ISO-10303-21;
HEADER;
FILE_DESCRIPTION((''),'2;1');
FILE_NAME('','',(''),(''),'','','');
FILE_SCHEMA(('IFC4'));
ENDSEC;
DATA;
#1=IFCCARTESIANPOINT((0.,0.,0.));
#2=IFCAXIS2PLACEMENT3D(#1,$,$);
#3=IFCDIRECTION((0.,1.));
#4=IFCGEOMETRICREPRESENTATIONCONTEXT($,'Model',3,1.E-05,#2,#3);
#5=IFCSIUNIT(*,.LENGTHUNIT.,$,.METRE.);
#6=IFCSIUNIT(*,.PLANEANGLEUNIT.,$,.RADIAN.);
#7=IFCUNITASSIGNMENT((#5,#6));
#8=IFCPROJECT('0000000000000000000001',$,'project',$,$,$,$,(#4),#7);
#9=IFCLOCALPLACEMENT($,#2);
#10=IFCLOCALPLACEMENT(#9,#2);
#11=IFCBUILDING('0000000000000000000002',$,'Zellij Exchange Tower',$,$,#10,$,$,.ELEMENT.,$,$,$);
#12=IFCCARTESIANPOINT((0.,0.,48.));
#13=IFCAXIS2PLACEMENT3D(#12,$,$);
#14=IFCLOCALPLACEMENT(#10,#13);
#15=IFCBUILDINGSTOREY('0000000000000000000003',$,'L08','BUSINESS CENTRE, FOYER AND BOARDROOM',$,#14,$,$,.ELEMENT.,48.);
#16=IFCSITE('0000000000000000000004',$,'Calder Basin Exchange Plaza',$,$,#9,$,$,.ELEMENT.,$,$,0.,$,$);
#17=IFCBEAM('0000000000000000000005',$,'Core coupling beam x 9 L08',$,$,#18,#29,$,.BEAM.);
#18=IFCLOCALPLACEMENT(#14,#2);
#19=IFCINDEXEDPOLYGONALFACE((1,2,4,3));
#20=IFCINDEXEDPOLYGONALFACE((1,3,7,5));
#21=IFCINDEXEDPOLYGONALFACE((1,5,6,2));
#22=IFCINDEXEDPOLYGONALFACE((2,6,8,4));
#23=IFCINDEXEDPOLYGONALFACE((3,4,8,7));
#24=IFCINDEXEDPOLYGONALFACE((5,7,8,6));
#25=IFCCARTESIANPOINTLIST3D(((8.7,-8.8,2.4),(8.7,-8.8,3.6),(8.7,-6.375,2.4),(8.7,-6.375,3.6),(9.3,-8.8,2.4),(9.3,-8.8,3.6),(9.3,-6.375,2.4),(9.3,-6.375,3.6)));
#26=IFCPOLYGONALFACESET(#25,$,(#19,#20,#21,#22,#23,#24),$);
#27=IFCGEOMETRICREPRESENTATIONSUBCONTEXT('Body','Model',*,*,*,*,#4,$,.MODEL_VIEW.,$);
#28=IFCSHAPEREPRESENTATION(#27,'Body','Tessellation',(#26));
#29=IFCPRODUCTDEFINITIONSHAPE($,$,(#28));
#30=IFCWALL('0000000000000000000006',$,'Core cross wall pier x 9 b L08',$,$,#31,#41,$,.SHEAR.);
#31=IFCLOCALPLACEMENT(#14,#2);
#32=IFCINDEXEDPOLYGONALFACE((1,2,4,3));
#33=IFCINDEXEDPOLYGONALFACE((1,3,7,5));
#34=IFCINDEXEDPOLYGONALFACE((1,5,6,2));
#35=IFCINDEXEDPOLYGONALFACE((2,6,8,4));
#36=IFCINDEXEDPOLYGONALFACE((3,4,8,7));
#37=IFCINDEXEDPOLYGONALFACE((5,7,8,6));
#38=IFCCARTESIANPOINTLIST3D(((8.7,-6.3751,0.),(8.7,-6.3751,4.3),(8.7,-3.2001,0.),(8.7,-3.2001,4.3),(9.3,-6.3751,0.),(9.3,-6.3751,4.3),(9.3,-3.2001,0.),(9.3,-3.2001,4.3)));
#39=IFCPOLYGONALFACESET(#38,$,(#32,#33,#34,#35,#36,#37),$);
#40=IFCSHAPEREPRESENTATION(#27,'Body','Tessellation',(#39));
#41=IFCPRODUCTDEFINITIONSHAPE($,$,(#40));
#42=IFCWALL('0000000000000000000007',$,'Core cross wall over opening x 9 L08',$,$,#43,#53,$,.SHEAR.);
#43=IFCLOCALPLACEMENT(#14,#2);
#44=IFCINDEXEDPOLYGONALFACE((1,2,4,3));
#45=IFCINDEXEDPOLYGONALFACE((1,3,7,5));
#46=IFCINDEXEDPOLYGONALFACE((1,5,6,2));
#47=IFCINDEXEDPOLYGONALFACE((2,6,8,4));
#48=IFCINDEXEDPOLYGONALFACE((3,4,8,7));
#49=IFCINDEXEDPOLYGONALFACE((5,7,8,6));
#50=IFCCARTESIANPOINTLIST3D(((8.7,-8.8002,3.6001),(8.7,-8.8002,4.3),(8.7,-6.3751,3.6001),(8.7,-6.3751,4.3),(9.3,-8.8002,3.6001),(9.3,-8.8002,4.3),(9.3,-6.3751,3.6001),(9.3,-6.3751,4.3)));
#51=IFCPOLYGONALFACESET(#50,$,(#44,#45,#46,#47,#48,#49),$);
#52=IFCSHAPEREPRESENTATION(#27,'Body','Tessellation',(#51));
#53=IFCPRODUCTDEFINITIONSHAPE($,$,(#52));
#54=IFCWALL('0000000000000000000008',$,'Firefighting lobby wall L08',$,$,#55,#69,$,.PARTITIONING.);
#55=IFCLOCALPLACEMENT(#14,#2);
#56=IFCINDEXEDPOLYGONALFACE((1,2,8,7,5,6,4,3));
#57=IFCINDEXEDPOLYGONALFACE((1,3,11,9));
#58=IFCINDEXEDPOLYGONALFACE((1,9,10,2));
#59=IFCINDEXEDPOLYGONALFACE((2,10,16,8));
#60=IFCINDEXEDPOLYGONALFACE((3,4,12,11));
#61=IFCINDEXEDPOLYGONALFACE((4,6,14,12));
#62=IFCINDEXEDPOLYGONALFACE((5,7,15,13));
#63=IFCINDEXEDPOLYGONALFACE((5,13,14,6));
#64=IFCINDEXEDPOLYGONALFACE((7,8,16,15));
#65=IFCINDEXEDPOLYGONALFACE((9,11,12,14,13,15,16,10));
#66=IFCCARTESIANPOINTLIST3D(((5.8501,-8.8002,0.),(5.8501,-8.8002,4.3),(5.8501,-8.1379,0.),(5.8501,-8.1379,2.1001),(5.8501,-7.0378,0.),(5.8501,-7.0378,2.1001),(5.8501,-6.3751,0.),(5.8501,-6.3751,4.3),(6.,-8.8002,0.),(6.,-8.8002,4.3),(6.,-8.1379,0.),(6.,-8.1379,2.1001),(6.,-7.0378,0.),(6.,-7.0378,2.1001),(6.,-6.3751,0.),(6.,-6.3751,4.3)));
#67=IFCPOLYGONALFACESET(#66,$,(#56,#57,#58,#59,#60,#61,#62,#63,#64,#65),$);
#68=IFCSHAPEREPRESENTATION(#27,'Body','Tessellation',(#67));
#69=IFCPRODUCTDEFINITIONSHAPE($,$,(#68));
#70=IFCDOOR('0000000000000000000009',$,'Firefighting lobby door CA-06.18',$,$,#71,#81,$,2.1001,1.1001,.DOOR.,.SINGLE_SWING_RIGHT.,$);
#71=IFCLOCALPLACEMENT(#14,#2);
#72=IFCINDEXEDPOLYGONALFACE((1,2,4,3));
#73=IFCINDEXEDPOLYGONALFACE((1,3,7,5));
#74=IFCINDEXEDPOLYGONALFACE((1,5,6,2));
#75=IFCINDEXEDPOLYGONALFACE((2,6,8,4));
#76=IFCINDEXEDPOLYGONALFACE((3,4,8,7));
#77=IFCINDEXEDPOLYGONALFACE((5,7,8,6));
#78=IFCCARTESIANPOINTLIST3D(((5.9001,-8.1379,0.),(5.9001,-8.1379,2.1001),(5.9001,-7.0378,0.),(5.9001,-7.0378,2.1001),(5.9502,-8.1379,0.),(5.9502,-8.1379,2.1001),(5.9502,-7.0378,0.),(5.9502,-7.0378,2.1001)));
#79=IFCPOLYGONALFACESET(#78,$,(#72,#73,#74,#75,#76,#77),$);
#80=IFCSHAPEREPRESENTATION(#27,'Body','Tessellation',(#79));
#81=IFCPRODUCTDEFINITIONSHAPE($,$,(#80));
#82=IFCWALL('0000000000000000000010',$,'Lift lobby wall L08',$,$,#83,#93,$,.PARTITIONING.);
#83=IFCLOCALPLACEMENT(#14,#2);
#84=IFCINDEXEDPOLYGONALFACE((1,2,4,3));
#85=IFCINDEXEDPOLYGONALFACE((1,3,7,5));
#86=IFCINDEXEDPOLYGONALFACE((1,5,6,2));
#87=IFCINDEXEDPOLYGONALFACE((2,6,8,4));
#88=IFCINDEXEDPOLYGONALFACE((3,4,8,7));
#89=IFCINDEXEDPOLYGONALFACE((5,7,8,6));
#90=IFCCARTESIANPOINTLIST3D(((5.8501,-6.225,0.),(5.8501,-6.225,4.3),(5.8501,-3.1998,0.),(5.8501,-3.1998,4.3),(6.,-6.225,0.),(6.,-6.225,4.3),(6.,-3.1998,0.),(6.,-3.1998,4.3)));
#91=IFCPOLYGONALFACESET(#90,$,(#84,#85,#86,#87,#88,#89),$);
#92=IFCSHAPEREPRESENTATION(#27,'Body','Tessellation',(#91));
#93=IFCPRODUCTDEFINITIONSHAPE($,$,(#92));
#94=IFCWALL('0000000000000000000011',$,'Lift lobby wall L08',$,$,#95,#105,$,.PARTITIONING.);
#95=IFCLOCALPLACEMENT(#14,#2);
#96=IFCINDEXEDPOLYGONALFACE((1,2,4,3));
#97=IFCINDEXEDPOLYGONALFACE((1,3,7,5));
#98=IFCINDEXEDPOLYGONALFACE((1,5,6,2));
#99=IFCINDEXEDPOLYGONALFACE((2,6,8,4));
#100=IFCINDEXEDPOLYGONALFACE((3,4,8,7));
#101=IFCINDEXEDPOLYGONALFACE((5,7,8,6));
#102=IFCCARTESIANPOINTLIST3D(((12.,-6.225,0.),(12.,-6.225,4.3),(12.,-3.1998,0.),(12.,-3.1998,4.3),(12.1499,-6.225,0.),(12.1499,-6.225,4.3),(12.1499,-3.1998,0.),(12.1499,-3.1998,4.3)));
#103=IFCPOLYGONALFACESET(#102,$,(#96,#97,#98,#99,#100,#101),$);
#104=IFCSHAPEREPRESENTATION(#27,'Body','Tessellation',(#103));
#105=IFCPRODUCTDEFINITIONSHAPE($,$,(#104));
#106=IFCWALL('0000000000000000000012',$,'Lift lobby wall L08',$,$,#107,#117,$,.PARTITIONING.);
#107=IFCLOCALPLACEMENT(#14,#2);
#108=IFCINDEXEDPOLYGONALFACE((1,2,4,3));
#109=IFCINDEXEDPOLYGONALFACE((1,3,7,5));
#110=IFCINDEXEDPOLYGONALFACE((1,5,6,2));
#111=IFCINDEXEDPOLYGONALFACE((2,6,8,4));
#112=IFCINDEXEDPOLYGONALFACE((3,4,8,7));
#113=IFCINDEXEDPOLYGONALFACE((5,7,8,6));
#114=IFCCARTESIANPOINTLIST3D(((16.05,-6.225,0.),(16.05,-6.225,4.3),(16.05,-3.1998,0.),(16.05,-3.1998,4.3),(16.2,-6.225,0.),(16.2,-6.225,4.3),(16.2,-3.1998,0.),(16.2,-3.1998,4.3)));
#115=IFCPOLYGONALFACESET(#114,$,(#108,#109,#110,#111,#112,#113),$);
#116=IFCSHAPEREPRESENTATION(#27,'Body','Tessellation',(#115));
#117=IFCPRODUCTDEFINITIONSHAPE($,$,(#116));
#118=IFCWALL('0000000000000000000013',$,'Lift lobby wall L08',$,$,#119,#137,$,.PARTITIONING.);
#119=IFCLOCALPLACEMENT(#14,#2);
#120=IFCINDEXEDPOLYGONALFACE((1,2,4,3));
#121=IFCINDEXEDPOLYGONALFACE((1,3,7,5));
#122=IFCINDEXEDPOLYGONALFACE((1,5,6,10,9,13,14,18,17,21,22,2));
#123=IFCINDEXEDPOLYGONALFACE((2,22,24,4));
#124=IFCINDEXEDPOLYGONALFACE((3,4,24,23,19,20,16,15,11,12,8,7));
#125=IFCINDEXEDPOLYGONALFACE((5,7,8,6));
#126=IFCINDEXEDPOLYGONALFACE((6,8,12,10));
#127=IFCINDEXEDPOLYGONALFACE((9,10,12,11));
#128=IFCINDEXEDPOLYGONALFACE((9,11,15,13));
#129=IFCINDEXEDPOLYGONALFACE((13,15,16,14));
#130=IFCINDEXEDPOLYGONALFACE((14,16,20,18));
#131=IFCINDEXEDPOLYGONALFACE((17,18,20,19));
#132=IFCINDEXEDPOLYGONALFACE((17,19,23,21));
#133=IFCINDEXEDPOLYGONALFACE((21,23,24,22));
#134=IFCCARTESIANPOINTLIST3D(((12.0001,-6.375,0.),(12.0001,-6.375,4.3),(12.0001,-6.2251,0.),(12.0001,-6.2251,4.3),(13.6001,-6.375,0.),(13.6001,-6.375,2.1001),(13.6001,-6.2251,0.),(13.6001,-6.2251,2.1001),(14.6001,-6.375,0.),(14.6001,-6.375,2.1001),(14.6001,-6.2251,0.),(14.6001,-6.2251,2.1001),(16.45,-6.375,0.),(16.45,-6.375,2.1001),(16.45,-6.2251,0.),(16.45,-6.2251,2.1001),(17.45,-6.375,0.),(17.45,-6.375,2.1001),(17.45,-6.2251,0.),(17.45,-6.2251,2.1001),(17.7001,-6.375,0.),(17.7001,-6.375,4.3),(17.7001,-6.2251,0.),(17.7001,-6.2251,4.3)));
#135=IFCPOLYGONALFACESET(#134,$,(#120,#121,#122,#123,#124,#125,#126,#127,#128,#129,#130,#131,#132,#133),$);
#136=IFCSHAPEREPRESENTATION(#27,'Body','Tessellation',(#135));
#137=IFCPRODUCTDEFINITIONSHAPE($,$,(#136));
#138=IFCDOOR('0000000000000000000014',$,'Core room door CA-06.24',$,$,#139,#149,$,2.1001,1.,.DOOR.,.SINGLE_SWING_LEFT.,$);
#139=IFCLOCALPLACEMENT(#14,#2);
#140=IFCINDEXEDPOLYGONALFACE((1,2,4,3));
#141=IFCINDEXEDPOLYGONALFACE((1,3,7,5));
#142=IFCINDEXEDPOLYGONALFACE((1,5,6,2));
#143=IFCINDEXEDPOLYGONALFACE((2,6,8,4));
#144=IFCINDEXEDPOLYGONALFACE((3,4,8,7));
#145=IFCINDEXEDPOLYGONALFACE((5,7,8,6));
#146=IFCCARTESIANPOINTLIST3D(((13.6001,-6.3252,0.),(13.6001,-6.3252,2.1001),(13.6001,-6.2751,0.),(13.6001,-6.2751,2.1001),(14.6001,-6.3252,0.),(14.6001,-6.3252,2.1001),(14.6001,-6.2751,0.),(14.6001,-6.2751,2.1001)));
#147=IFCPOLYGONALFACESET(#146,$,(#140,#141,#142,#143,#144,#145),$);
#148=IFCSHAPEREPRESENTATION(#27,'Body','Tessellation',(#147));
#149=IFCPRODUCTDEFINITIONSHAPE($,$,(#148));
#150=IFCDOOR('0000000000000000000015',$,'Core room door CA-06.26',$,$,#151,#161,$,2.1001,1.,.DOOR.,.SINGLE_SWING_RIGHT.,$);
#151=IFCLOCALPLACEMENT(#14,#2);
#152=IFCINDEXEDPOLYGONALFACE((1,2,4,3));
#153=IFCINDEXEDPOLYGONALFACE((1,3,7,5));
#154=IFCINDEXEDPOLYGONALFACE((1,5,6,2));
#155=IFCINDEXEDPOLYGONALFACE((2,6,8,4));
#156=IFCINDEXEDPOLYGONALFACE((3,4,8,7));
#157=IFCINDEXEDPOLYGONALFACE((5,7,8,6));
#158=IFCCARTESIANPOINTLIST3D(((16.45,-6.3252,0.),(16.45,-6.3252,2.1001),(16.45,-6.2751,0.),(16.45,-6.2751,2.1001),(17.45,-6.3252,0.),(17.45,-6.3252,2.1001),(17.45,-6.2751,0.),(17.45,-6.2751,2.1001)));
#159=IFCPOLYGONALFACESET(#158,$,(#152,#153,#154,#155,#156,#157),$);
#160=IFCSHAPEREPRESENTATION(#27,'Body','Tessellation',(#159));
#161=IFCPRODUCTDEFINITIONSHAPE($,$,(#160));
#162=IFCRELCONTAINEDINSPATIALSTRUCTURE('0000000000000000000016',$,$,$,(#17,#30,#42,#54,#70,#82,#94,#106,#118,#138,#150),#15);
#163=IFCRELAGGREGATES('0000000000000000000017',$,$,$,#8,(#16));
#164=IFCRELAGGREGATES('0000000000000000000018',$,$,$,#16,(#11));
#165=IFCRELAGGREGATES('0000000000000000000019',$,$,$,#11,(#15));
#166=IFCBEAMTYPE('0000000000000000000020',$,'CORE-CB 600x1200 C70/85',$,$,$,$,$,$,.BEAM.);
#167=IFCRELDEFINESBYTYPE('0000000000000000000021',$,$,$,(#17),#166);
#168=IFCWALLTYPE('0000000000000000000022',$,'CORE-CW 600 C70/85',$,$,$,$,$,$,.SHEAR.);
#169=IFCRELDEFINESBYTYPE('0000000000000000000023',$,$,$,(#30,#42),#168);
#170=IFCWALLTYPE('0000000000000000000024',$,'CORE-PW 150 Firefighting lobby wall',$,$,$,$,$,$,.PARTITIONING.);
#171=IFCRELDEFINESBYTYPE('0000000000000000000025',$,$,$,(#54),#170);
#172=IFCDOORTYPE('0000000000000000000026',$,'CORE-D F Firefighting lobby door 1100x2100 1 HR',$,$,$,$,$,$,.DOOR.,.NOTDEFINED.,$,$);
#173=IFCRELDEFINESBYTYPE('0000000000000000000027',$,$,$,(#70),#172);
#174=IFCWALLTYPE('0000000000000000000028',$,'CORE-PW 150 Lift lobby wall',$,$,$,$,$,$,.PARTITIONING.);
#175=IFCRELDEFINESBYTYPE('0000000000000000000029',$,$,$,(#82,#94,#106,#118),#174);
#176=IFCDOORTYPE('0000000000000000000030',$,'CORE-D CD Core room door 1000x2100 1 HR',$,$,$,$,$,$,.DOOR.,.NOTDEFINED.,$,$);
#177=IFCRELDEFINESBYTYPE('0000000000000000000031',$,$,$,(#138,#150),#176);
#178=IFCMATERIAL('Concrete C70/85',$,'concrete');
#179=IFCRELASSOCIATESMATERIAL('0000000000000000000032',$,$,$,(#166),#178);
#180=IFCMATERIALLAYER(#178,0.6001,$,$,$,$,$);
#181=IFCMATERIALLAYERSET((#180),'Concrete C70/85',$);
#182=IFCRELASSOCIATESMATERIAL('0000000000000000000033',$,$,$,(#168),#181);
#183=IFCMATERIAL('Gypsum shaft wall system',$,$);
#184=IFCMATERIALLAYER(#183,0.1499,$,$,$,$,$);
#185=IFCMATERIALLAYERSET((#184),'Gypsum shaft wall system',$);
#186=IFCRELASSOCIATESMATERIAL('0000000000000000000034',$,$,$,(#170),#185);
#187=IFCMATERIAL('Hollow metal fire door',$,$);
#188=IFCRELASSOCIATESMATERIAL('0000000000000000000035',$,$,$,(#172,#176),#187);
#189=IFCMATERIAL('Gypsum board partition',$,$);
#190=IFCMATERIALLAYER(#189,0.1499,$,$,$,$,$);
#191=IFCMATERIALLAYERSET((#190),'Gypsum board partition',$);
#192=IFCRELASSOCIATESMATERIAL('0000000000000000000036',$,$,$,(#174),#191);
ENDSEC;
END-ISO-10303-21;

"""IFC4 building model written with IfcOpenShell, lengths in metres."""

from ifc_helpers import new_model, si_unit, direction, frame, frame_2d, origin, origin_2d, place, context, subcontext, project, spatial, rectangle, extrude, material, layer, layer_set, material_profile, profile_set, type_object, element, fill, save


model = new_model("IFC4")

# Units and contexts
model_context = context("Model", 3, precision=1e-05, world=origin(), true_north=direction((0.0, 1.0)))
body_context = subcontext(model_context, "Body", "Model", "MODEL_VIEW")
ifc_project = project(units=[si_unit("LENGTHUNIT", "METRE"), si_unit("PLANEANGLEUNIT", "RADIAN")], contexts=[model_context])

# Site, building, storey
site_placement = place(None, origin())
site = spatial("IfcSite", under=ifc_project, at=site_placement, Name="Calder Basin Exchange Plaza", CompositionType="ELEMENT", RefElevation=0.0)
building_placement = place(site_placement, origin())
building = spatial("IfcBuilding", under=site, at=building_placement, Name="Zellij Exchange Tower", CompositionType="ELEMENT")
storey_placement = place(building_placement, frame((0.0, 0.0, 48.0)))
storey = spatial("IfcBuildingStorey", under=building, at=storey_placement, Name="L08", Description="BUSINESS CENTRE, FOYER AND BOARDROOM", CompositionType="ELEMENT", Elevation=48.0)

# Beam
ifc_material_1 = material(Name="Concrete C70/85", Category="concrete")
ifc_material_profile = material_profile(ifc_material_1, rectangle(XDim=0.6001, YDim=1.2, at=origin_2d()), Name="CORE-CB 600x1200 C70/85")
ifc_profile_set = profile_set([ifc_material_profile], Name="Concrete C70/85")
beam_type = type_object("IfcBeamType", Name="CORE-CB 600x1200 C70/85", PredefinedType="BEAM", material=ifc_profile_set)
beam_placement = place(storey_placement, frame((9.0, -8.8, 3.0), z_axis=(0.0, 1.0, 0.0), x_axis=(-1.0, 0.0, 0.0)))
element("IfcBeam", 1, at=beam_placement, inside=storey, type_object=beam_type, Name="Core coupling beam x 9 L08", PredefinedType="BEAM", context=body_context, shape_type="SweptSolid", body=[
    extrude(rectangle(XDim=0.6001, YDim=1.2, at=origin_2d()), origin(), (0.0, 0.0, 1.0), 2.425),
])

# Walls
ifc_layer_1 = layer(ifc_material_1, 0.6001)
ifc_layer_set_1 = layer_set([ifc_layer_1], Name="Concrete C70/85")
wall_type_1 = type_object("IfcWallType", Name="CORE-CW 600 C70/85", PredefinedType="SHEAR", material=ifc_layer_set_1)
wall_1_placement = place(storey_placement, frame((9.0, -6.375, 0.0), z_axis=(0.0, 0.0, 1.0), x_axis=(0.0, 1.0, 0.0)))
element("IfcWall", 2, at=wall_1_placement, inside=storey, type_object=wall_type_1, Name="Core cross wall pier x 9 b L08", PredefinedType="SHEAR", context=body_context, shape_type="SweptSolid", body=[
    extrude(rectangle(XDim=3.175, YDim=0.6001, at=frame_2d((1.5874, 0.0))), origin(), (0.0, 0.0, 1.0), 4.3),
])
wall_2_placement = place(storey_placement, frame((9.0, -8.8, 3.6001), z_axis=(0.0, 0.0, 1.0), x_axis=(0.0, 1.0, 0.0)))
element("IfcWall", 3, at=wall_2_placement, inside=storey, type_object=wall_type_1, Name="Core cross wall over opening x 9 L08", PredefinedType="SHEAR", context=body_context, shape_type="SweptSolid", body=[
    extrude(rectangle(XDim=2.425, YDim=0.6001, at=frame_2d((1.2124, 0.0))), origin(), (0.0, 0.0, 1.0), 0.7),
])

# Wall, opening, door
ifc_material_2 = material(Name="Gypsum shaft wall system")
ifc_layer_2 = layer(ifc_material_2, 0.1499)
ifc_layer_set_2 = layer_set([ifc_layer_2], Name="Gypsum shaft wall system")
wall_type_2 = type_object("IfcWallType", Name="CORE-PW 150 Firefighting lobby wall", PredefinedType="PARTITIONING", material=ifc_layer_set_2)
wall_3_placement = place(storey_placement, frame((5.925, -8.8, 0.0), z_axis=(0.0, 0.0, 1.0), x_axis=(0.0, 1.0, 0.0)))
wall_3 = element("IfcWall", 4, at=wall_3_placement, inside=storey, type_object=wall_type_2, Name="Firefighting lobby wall L08", PredefinedType="PARTITIONING", context=body_context, shape_type="SweptSolid", body=[
    extrude(rectangle(XDim=2.425, YDim=0.1499, at=frame_2d((1.2124, 0.0))), origin(), (0.0, 0.0, 1.0), 4.3),
])
opening_1_placement = place(wall_3_placement, frame((0.6621, 0.0, 0.0)))
opening_1 = element("IfcOpeningElement", 5, at=opening_1_placement, cuts=wall_3, PredefinedType="OPENING", context=body_context, shape_type="SweptSolid", body=[
    extrude(rectangle(XDim=1.1001, YDim=2.1001, at=frame_2d((0.55, 1.05))), frame((0.0, 0.0869, 0.0), z_axis=(0.0, -1.0, 0.0), x_axis=(1.0, 0.0, 0.0)), (0.0, 0.0, 1.0), 0.1738),
])
ifc_material_3 = material(Name="Hollow metal fire door")
door_type_1 = type_object("IfcDoorType", Name="CORE-D F Firefighting lobby door 1100x2100 1 HR", OperationType="NOTDEFINED", PredefinedType="DOOR", material=ifc_material_3)
door_1_placement = place(opening_1_placement, origin())
door_1 = element("IfcDoor", 6, at=door_1_placement, inside=storey, type_object=door_type_1, Name="Firefighting lobby door CA-06.18", OperationType="SINGLE_SWING_RIGHT", OverallHeight=2.1001, OverallWidth=1.1001, PredefinedType="DOOR", context=body_context, shape_type="SweptSolid", body=[
    extrude(rectangle(XDim=1.1001, YDim=2.1001, at=frame_2d((0.55, 1.05))), frame((0.0, 0.0249, 0.0), z_axis=(0.0, -1.0, 0.0), x_axis=(1.0, 0.0, 0.0)), (0.0, 0.0, 1.0), 0.05),
])
fill(opening_1, door_1)

# Walls
ifc_material_4 = material(Name="Gypsum board partition")
ifc_layer_3 = layer(ifc_material_4, 0.1499)
ifc_layer_set_3 = layer_set([ifc_layer_3], Name="Gypsum board partition")
wall_type_3 = type_object("IfcWallType", Name="CORE-PW 150 Lift lobby wall", PredefinedType="PARTITIONING", material=ifc_layer_set_3)
for number, where, z_axis, x_axis, name in (
    (7, (5.925, -6.2251, 0.0), (0.0, 0.0, 1.0), (0.0, 1.0, 0.0), "Lift lobby wall L08"),
    (8, (12.075, -6.2251, 0.0), (0.0, 0.0, 1.0), (0.0, 1.0, 0.0), "Lift lobby wall L08"),
    (9, (16.125, -6.2251, 0.0), (0.0, 0.0, 1.0), (0.0, 1.0, 0.0), "Lift lobby wall L08"),
):
    element("IfcWall", number, at=place(storey_placement, frame(where, z_axis=z_axis, x_axis=x_axis)), inside=storey, type_object=wall_type_3, Name=name, PredefinedType="PARTITIONING", context=body_context, shape_type="SweptSolid", body=[
        extrude(rectangle(XDim=3.0251, YDim=0.1499, at=frame_2d((1.5127, 0.0))), origin(), (0.0, 0.0, 1.0), 4.3),
    ])

# Wall, openings, doors
wall_4_placement = place(storey_placement, frame((12.0, -6.3, 0.0), z_axis=(0.0, 0.0, 1.0), x_axis=(1.0, 0.0, 0.0)))
wall_4 = element("IfcWall", 10, at=wall_4_placement, inside=storey, type_object=wall_type_3, Name="Lift lobby wall L08", PredefinedType="PARTITIONING", context=body_context, shape_type="SweptSolid", body=[
    extrude(rectangle(XDim=5.7, YDim=0.1499, at=frame_2d((2.8501, 0.0))), origin(), (0.0, 0.0, 1.0), 4.3),
])
opening_2_placement = place(wall_4_placement, frame((1.6001, 0.0, 0.0)))
opening_2 = element("IfcOpeningElement", 11, at=opening_2_placement, cuts=wall_4, PredefinedType="OPENING", context=body_context, shape_type="SweptSolid", body=[
    extrude(rectangle(XDim=1.0, YDim=2.1001, at=frame_2d((0.5, 1.05))), frame((0.0, 0.0869, 0.0), z_axis=(0.0, -1.0, 0.0), x_axis=(1.0, 0.0, 0.0)), (0.0, 0.0, 1.0), 0.1738),
])
opening_3_placement = place(wall_4_placement, frame((4.45, 0.0, 0.0)))
opening_3 = element("IfcOpeningElement", 12, at=opening_3_placement, cuts=wall_4, PredefinedType="OPENING", context=body_context, shape_type="SweptSolid", body=[
    extrude(rectangle(XDim=1.0, YDim=2.1001, at=frame_2d((0.5, 1.05))), frame((0.0, 0.0869, 0.0), z_axis=(0.0, -1.0, 0.0), x_axis=(1.0, 0.0, 0.0)), (0.0, 0.0, 1.0), 0.1738),
])
door_type_2 = type_object("IfcDoorType", Name="CORE-D CD Core room door 1000x2100 1 HR", OperationType="NOTDEFINED", PredefinedType="DOOR", material=ifc_material_3)
door_2_placement = place(opening_2_placement, origin())
door_2 = element("IfcDoor", 13, at=door_2_placement, inside=storey, type_object=door_type_2, Name="Core room door CA-06.24", OperationType="SINGLE_SWING_LEFT", OverallHeight=2.1001, OverallWidth=1.0, PredefinedType="DOOR", context=body_context, shape_type="SweptSolid", body=[
    extrude(rectangle(XDim=1.0, YDim=2.1001, at=frame_2d((0.5, 1.05))), frame((0.0, 0.0249, 0.0), z_axis=(0.0, -1.0, 0.0), x_axis=(1.0, 0.0, 0.0)), (0.0, 0.0, 1.0), 0.05),
])
fill(opening_2, door_2)
door_3_placement = place(opening_3_placement, origin())
door_3 = element("IfcDoor", 14, at=door_3_placement, inside=storey, type_object=door_type_2, Name="Core room door CA-06.26", OperationType="SINGLE_SWING_RIGHT", OverallHeight=2.1001, OverallWidth=1.0, PredefinedType="DOOR", context=body_context, shape_type="SweptSolid", body=[
    extrude(rectangle(XDim=1.0, YDim=2.1001, at=frame_2d((0.5, 1.05))), frame((0.0, 0.0249, 0.0), z_axis=(0.0, -1.0, 0.0), x_axis=(1.0, 0.0, 0.0)), (0.0, 0.0, 1.0), 0.05),
])
fill(opening_3, door_3)

save(model, "model.ifc")
